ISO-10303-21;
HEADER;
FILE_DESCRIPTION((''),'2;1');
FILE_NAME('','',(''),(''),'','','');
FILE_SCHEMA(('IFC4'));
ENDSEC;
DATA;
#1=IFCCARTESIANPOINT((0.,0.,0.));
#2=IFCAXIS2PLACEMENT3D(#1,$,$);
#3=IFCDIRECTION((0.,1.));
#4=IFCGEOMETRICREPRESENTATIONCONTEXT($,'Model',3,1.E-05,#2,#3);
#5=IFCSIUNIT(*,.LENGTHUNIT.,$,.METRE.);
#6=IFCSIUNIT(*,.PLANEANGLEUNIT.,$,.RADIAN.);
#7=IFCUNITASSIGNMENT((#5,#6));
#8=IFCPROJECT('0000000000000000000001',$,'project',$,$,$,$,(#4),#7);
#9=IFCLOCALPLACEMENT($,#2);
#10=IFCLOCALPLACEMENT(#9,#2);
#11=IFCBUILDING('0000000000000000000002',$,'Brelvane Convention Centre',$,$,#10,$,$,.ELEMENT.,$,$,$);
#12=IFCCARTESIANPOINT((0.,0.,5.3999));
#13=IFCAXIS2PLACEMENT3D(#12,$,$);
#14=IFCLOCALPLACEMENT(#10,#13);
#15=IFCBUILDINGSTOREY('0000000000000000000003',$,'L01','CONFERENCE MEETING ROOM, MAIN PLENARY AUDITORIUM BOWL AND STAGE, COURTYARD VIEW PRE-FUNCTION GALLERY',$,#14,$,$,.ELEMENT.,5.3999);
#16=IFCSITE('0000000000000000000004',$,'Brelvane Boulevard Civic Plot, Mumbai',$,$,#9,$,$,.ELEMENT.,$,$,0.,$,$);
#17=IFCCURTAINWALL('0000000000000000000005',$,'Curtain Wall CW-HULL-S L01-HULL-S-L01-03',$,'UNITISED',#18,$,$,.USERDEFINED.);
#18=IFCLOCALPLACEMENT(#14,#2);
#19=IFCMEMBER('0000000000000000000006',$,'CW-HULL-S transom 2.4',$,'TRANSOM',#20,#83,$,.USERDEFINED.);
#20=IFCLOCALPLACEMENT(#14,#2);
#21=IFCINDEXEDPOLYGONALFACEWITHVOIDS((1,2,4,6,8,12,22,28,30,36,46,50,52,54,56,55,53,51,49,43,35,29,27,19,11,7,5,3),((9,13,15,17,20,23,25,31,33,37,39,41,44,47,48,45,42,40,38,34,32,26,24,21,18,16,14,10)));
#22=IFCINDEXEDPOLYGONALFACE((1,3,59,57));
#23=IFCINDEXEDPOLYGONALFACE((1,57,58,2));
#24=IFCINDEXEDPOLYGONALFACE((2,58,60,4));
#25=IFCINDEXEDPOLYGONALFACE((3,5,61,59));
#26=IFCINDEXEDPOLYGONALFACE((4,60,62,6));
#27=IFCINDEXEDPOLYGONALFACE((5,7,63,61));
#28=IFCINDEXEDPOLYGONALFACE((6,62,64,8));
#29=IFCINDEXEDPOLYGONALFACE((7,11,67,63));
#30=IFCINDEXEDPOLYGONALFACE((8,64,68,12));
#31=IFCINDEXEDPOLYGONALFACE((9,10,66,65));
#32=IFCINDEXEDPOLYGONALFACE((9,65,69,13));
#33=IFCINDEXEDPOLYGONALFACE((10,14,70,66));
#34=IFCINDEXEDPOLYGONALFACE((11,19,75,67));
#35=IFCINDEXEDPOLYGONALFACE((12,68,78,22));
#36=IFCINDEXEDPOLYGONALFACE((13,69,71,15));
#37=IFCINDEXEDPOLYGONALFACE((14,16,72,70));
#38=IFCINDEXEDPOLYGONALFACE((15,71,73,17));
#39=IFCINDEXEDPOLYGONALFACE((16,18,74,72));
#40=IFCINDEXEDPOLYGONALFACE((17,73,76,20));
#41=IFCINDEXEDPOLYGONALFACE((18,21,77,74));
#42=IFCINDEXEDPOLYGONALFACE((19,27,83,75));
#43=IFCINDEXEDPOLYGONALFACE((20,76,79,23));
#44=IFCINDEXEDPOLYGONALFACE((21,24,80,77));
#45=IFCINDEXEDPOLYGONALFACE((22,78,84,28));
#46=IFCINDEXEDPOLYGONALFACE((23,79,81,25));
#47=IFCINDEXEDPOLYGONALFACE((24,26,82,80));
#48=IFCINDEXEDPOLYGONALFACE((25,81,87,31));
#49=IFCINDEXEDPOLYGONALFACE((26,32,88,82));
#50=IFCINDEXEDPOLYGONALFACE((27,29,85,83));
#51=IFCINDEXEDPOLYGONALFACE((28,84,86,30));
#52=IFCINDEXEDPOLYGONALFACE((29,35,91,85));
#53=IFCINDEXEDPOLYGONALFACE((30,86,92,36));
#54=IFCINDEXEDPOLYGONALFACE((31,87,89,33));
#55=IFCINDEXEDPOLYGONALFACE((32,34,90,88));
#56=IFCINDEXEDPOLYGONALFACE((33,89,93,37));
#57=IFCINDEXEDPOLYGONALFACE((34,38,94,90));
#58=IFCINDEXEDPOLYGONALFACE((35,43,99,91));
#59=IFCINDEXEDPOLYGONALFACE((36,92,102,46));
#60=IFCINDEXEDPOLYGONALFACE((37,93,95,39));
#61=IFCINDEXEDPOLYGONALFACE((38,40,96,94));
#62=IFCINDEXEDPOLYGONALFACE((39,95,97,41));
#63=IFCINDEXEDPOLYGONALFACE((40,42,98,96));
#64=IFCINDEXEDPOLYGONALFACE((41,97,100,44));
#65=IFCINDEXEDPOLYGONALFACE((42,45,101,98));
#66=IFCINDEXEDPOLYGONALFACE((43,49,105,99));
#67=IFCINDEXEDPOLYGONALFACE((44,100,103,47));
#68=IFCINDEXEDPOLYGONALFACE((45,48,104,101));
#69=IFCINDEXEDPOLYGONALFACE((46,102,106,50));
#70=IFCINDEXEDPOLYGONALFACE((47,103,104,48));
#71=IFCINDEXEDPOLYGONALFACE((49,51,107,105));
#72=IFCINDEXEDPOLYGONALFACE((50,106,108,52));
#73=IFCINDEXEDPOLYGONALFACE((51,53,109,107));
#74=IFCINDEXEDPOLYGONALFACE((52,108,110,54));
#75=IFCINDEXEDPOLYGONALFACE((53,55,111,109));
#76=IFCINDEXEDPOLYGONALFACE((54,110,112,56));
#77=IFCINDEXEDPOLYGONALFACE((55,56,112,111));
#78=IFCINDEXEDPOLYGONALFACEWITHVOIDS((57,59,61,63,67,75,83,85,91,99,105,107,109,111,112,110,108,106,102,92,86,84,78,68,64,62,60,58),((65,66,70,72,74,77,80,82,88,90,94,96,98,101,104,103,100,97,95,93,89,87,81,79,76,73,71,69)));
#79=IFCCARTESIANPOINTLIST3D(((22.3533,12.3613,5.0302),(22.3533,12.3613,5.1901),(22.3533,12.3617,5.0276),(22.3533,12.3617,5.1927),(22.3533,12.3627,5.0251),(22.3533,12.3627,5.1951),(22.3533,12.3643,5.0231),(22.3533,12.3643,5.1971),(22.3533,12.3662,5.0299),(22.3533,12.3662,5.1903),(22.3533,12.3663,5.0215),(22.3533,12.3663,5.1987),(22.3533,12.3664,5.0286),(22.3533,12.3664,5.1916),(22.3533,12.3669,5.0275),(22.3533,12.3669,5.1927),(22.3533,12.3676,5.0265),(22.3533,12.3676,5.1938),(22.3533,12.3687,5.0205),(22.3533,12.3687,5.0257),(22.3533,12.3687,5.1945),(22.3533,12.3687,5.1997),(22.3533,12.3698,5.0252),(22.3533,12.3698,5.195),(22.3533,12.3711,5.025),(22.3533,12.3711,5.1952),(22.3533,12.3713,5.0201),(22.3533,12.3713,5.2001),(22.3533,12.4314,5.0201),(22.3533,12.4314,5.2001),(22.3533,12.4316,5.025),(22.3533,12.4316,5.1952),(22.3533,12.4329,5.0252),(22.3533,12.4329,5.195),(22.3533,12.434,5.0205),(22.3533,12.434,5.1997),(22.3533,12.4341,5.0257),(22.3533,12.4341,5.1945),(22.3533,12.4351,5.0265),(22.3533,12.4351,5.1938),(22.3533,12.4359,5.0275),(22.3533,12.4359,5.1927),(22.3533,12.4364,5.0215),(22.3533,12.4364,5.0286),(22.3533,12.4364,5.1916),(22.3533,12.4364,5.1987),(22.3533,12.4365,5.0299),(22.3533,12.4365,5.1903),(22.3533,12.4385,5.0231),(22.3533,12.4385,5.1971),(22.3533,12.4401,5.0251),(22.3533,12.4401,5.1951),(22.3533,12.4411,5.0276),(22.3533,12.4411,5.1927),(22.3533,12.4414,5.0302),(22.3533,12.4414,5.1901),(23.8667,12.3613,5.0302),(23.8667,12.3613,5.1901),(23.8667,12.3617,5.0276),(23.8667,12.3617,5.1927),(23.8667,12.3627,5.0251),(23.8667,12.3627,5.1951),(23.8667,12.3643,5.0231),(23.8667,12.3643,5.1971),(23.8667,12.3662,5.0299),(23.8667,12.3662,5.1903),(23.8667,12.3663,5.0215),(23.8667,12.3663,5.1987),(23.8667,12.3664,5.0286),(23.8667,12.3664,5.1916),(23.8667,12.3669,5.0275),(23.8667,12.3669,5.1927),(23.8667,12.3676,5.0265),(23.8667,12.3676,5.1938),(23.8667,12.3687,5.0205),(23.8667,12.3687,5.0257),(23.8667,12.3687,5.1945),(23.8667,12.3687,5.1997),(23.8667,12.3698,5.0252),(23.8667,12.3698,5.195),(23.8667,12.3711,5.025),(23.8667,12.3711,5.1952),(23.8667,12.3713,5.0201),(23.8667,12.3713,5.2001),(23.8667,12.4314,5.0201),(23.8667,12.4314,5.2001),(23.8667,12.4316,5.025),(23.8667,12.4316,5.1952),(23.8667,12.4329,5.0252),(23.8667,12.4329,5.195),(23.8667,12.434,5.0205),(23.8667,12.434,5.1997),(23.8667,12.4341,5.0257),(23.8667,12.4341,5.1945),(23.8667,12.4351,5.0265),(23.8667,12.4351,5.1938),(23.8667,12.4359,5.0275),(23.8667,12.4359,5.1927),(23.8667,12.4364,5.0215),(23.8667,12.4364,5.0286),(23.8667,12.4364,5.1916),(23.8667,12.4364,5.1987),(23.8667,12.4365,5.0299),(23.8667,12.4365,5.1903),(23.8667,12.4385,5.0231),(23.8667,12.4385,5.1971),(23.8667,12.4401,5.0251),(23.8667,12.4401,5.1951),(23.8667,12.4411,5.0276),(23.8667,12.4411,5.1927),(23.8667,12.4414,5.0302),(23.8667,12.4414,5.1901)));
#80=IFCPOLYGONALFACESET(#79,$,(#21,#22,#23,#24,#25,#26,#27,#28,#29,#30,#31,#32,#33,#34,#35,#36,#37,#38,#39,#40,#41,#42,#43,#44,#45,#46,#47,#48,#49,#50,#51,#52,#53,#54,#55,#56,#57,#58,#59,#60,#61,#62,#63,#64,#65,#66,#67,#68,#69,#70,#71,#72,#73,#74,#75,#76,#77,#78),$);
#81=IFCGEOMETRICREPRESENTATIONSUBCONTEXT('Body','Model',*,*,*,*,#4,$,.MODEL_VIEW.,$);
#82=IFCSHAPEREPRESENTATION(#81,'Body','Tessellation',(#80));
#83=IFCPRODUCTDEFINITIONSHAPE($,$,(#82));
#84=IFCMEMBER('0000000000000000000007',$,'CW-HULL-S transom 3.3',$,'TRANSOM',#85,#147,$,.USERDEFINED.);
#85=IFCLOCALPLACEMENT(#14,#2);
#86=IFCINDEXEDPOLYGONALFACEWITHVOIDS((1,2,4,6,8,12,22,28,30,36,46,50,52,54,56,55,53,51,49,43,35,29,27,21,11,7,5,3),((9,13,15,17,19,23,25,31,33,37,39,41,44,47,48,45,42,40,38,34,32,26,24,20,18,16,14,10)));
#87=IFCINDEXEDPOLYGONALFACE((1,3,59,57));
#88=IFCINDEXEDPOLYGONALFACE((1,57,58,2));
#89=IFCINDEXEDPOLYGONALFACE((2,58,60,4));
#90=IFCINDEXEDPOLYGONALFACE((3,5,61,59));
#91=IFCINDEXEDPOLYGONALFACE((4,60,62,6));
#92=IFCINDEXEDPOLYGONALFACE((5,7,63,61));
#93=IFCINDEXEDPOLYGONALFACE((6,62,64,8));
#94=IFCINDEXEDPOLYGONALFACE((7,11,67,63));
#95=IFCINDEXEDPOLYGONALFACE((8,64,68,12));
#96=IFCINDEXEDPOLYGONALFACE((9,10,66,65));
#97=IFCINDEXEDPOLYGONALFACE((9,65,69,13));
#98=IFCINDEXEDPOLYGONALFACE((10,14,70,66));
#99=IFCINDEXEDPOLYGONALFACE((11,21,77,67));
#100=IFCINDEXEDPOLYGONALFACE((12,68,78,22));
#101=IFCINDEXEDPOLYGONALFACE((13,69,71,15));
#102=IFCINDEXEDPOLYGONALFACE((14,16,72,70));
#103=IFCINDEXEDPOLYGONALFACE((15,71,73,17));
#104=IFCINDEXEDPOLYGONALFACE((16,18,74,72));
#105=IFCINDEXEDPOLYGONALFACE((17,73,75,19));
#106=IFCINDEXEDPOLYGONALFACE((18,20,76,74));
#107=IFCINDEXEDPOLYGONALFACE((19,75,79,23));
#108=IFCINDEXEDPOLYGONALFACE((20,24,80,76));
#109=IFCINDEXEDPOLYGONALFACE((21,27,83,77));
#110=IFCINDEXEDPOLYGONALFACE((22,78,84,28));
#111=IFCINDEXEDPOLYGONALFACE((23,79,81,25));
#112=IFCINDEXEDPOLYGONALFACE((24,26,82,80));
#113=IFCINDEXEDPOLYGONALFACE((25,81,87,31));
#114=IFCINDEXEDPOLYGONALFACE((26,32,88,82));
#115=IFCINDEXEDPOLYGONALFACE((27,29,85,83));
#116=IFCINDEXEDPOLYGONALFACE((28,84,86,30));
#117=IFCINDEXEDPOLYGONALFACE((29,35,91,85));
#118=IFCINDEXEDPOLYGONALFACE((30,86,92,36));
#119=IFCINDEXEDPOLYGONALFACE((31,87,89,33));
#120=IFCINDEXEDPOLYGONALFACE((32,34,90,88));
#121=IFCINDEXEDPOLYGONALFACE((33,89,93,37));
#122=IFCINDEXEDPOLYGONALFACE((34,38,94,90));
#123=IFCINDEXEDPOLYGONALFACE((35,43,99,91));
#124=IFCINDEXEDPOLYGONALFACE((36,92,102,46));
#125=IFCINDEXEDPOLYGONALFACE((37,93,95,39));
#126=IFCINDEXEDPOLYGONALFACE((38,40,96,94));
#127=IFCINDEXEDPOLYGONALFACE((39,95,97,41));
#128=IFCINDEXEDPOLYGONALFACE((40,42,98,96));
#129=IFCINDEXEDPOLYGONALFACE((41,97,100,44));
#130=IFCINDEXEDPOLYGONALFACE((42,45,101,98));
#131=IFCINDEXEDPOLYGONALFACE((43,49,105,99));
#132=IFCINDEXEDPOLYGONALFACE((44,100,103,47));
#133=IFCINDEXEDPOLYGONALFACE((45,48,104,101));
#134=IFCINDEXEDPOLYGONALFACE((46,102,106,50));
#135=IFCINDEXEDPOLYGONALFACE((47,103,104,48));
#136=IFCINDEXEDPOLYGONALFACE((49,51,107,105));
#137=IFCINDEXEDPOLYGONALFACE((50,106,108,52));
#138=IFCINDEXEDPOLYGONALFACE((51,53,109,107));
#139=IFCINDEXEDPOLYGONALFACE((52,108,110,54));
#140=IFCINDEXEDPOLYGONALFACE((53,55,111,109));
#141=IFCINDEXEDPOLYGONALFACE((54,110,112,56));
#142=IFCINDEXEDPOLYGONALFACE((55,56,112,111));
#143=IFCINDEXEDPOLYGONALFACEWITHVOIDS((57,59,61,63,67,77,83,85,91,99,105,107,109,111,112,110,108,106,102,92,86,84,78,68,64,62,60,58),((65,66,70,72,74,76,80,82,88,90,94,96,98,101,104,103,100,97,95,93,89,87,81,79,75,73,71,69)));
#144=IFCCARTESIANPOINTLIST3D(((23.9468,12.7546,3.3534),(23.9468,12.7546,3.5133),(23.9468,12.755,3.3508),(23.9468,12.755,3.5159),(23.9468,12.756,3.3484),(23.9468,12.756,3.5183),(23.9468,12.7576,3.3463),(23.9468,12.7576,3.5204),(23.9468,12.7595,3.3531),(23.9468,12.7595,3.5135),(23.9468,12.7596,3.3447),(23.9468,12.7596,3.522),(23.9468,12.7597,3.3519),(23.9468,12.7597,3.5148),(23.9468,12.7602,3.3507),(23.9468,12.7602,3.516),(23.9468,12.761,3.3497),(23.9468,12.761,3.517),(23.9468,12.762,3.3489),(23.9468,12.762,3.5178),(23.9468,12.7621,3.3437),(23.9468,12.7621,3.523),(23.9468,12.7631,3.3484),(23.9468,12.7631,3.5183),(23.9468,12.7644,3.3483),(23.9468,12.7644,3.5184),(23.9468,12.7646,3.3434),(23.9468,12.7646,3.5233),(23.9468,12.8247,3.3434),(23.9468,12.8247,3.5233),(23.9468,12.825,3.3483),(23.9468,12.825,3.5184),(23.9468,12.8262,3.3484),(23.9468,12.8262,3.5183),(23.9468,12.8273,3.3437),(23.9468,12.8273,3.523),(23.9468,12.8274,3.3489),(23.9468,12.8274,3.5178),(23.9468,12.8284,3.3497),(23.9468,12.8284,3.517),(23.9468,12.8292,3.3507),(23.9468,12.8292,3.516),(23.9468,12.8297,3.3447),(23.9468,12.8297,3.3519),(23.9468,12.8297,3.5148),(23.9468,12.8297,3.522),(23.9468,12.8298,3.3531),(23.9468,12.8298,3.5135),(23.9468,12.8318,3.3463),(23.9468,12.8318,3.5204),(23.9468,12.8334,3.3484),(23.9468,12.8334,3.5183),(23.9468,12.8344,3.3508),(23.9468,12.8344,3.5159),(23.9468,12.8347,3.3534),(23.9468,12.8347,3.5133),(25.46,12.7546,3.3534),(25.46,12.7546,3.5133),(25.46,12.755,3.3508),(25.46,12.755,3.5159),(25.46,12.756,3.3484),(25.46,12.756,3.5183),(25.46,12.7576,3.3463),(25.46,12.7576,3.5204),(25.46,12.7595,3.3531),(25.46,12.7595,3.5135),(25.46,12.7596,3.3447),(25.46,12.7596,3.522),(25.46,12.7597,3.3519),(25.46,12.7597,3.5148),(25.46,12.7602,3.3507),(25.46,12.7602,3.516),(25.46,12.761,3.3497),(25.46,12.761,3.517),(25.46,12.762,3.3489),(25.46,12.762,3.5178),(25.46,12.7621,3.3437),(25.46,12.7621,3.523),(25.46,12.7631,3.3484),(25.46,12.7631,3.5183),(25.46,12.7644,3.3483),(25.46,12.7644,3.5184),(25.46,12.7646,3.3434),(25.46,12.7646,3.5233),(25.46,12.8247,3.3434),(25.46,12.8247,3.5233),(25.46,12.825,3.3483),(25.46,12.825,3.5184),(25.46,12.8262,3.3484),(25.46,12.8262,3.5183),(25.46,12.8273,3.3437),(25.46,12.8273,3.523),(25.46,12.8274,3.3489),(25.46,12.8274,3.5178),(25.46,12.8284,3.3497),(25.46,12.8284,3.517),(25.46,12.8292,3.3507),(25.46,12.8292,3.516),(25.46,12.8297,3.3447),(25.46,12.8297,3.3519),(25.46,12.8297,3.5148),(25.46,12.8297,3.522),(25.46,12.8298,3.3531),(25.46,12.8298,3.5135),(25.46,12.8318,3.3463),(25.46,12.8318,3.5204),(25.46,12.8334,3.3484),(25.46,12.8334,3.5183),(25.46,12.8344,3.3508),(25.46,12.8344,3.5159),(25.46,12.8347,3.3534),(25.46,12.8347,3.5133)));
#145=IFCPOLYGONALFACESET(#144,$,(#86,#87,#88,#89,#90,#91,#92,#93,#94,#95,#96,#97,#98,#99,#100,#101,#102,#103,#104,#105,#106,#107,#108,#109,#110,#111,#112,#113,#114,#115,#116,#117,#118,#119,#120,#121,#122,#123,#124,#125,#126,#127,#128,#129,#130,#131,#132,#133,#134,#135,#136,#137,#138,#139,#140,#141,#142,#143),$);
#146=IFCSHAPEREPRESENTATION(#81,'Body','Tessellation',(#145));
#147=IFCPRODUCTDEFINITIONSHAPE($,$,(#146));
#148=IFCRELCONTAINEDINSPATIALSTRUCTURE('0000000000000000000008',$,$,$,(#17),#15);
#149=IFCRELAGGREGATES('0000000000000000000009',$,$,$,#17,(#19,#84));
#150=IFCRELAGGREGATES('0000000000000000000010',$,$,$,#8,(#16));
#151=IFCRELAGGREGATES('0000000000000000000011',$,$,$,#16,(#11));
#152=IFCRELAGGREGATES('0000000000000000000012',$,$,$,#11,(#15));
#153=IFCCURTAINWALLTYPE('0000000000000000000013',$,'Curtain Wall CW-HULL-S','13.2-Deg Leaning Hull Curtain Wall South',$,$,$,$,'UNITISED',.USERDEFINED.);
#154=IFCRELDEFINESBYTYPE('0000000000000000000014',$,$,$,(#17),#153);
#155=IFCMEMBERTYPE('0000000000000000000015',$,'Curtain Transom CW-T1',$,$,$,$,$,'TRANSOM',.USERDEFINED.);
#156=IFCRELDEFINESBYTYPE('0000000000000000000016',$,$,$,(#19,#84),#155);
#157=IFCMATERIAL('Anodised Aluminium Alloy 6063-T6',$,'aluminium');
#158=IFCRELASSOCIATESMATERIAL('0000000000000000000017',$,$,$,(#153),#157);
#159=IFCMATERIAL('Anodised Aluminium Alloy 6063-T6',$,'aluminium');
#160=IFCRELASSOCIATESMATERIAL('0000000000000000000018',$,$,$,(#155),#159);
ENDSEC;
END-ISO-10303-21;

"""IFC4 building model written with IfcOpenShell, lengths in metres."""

from ifc_helpers import new_model, si_unit, direction, frame, origin, origin_2d, place, context, subcontext, project, spatial, hollow_rectangle, extrude, material, material_profile, profile_set, type_object, element, aggregate, save


model = new_model("IFC4")

# Units and contexts
model_context = context("Model", 3, precision=1e-05, world=origin(), true_north=direction((0.0, 1.0)))
body_context = subcontext(model_context, "Body", "Model", "MODEL_VIEW")
ifc_project = project(units=[si_unit("LENGTHUNIT", "METRE"), si_unit("PLANEANGLEUNIT", "RADIAN")], contexts=[model_context])

# Site, building, storey
site_placement = place(None, origin())
site = spatial("IfcSite", under=ifc_project, at=site_placement, Name="Brelvane Boulevard Civic Plot, Mumbai", CompositionType="ELEMENT", RefElevation=0.0)
building_placement = place(site_placement, origin())
building = spatial("IfcBuilding", under=site, at=building_placement, Name="Brelvane Convention Centre", CompositionType="ELEMENT")
storey_placement = place(building_placement, frame((0.0, 0.0, 5.3999)))
storey = spatial("IfcBuildingStorey", under=building, at=storey_placement, Name="L01", Description="CONFERENCE MEETING ROOM, MAIN PLENARY AUDITORIUM BOWL AND STAGE, COURTYARD VIEW PRE-FUNCTION GALLERY", CompositionType="ELEMENT", Elevation=5.3999)

# Curtain wall, members
ifc_material_1 = material(Name="Anodised Aluminium Alloy 6063-T6", Category="aluminium")
curtain_wall_type = type_object("IfcCurtainWallType", Name="Curtain Wall CW-HULL-S", Description="13.2-Deg Leaning Hull Curtain Wall South", ElementType="UNITISED", PredefinedType="USERDEFINED", material=ifc_material_1)
ifc_material_2 = material(Name="Anodised Aluminium Alloy 6063-T6", Category="aluminium")
ifc_material_profile = material_profile(ifc_material_2, hollow_rectangle(XDim=0.0801, YDim=0.1799, WallThickness=0.0049, InnerFilletRadius=0.0049, OuterFilletRadius=0.01, at=origin_2d()), Name="ALU-T 180x80x5.0")
ifc_profile_set = profile_set([ifc_material_profile], Name="Anodised Aluminium Alloy 6063-T6")
member_type = type_object("IfcMemberType", Name="Curtain Transom CW-T1", ElementType="TRANSOM", PredefinedType="USERDEFINED", material=ifc_profile_set)
curtain_wall_1_placement = place(storey_placement, origin())
curtain_wall_1 = element("IfcCurtainWall", 1, at=curtain_wall_1_placement, inside=storey, type_object=curtain_wall_type, Name="Curtain Wall CW-HULL-S L01-HULL-S-L01-03", ObjectType="UNITISED", PredefinedType="USERDEFINED")
member_1_placement = place(storey_placement, frame((22.3533, 12.4014, 5.1101), z_axis=(1.0, 0.0, 0.0), x_axis=(0.0, 1.0, 0.0)))
member_1 = element("IfcMember", 2, at=member_1_placement, type_object=member_type, Name="CW-HULL-S transom 2.4", ObjectType="TRANSOM", PredefinedType="USERDEFINED", context=body_context, shape_type="SweptSolid", body=[
    extrude(hollow_rectangle(XDim=0.0801, YDim=0.1799, WallThickness=0.0049, InnerFilletRadius=0.0049, OuterFilletRadius=0.01, at=origin_2d()), origin(), (0.0, 0.0, 1.0), 1.5134),
])
member_2_placement = place(storey_placement, frame((23.9468, 12.7947, 3.4333), z_axis=(1.0, 0.0, 0.0), x_axis=(0.0, 1.0, 0.0)))
member_2 = element("IfcMember", 3, at=member_2_placement, type_object=member_type, Name="CW-HULL-S transom 3.3", ObjectType="TRANSOM", PredefinedType="USERDEFINED", context=body_context, shape_type="SweptSolid", body=[
    extrude(hollow_rectangle(XDim=0.0801, YDim=0.1799, WallThickness=0.0049, InnerFilletRadius=0.0049, OuterFilletRadius=0.01, at=origin_2d()), origin(), (0.0, 0.0, 1.0), 1.5132),
])

aggregate(curtain_wall_1, [member_1, member_2])

save(model, "model.ifc")
